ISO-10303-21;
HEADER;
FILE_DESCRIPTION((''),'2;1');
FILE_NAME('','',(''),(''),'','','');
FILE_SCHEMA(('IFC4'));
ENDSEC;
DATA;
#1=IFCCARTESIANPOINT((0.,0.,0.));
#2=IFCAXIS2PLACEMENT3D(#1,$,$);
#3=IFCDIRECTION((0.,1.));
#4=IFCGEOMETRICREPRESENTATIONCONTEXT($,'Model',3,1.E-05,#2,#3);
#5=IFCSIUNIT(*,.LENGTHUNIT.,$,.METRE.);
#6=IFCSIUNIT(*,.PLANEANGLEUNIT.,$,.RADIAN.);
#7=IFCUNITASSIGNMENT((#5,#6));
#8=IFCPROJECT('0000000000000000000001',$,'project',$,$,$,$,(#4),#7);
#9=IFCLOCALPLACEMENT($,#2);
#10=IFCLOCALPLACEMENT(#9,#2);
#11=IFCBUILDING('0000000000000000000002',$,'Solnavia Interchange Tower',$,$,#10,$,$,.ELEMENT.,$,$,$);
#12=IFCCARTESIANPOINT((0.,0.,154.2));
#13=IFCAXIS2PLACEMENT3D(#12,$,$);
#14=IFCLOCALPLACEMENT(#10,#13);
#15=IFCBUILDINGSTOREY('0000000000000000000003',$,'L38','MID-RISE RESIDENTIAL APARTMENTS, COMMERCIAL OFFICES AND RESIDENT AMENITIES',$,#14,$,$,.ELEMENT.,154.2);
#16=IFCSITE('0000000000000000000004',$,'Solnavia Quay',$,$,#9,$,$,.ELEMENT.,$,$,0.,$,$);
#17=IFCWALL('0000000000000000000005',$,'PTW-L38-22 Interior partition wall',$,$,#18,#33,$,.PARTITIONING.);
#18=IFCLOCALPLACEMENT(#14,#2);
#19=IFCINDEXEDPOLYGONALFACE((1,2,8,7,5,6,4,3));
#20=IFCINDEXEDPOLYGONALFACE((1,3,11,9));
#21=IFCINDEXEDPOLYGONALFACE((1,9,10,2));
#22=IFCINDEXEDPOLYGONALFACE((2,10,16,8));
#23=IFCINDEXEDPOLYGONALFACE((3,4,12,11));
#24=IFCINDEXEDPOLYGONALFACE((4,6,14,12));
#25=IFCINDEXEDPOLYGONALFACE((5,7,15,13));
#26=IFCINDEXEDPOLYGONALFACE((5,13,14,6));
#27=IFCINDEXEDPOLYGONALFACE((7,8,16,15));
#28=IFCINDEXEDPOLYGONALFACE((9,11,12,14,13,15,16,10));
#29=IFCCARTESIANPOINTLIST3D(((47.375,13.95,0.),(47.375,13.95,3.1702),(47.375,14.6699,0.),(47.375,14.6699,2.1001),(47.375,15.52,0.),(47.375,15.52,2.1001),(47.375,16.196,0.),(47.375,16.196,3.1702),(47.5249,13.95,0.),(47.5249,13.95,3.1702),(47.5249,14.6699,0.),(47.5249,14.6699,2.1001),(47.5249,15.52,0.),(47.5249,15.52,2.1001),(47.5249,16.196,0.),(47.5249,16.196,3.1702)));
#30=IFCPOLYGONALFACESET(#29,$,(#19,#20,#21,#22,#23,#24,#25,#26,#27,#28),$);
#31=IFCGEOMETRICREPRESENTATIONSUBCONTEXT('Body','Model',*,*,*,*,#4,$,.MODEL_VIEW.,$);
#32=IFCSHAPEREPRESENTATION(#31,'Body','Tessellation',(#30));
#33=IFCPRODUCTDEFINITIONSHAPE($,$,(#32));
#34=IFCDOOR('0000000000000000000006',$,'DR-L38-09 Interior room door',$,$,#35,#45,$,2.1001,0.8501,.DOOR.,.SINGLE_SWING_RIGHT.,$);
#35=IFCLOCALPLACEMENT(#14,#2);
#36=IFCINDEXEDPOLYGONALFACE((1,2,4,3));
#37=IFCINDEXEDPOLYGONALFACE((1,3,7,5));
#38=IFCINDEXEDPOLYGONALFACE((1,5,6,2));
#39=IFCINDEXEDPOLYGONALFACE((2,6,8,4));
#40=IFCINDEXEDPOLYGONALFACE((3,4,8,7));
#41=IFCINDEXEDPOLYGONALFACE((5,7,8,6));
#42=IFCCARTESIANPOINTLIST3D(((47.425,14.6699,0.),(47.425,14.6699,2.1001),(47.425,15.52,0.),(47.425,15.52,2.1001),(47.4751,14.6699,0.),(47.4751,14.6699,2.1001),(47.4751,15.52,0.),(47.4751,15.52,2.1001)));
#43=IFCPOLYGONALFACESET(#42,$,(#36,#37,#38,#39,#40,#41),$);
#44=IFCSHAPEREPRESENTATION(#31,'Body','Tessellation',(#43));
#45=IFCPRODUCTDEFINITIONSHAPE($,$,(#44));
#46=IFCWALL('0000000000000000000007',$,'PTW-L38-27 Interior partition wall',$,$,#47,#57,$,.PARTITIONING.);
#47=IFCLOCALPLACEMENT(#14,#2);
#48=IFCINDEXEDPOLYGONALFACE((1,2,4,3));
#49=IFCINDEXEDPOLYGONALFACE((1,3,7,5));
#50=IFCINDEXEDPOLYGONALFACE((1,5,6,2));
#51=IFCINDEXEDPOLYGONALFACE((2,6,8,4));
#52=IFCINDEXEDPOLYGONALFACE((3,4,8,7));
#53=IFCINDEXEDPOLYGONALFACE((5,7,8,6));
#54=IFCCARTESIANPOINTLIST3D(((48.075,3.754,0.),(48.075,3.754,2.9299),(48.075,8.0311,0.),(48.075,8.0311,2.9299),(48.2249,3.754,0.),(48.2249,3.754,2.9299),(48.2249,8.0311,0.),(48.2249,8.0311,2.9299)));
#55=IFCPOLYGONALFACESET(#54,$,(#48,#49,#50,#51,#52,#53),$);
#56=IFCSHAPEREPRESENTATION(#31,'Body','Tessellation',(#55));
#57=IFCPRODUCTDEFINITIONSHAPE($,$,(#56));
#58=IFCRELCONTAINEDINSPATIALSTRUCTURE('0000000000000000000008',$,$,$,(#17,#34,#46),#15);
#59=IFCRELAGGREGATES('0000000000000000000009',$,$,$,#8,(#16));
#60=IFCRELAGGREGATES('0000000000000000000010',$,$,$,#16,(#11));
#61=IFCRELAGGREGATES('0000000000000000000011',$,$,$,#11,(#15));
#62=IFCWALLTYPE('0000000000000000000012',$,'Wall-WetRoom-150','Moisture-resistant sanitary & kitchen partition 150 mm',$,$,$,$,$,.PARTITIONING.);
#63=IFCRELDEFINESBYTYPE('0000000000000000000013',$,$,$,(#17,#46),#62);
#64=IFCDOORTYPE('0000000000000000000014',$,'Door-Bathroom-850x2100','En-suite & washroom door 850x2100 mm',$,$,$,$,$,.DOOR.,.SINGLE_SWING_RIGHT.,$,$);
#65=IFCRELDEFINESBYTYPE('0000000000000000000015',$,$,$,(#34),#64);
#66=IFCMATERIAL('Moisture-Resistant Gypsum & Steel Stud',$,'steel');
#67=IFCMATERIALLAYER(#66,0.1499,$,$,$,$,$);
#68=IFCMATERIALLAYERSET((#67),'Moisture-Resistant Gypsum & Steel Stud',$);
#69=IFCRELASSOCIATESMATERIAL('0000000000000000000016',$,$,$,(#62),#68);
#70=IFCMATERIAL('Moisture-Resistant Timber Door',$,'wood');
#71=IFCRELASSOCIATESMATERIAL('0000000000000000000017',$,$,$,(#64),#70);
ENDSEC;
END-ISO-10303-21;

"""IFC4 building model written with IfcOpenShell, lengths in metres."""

from ifc_helpers import new_model, si_unit, direction, frame, frame_2d, origin, place, context, subcontext, project, spatial, rectangle, extrude, material, layer, layer_set, type_object, element, fill, save


model = new_model("IFC4")

# Units and contexts
model_context = context("Model", 3, precision=1e-05, world=origin(), true_north=direction((0.0, 1.0)))
body_context = subcontext(model_context, "Body", "Model", "MODEL_VIEW")
ifc_project = project(units=[si_unit("LENGTHUNIT", "METRE"), si_unit("PLANEANGLEUNIT", "RADIAN")], contexts=[model_context])

# Site, building, storey
site_placement = place(None, origin())
site = spatial("IfcSite", under=ifc_project, at=site_placement, Name="Solnavia Quay", CompositionType="ELEMENT", RefElevation=0.0)
building_placement = place(site_placement, origin())
building = spatial("IfcBuilding", under=site, at=building_placement, Name="Solnavia Interchange Tower", CompositionType="ELEMENT")
storey_placement = place(building_placement, frame((0.0, 0.0, 154.2)))
storey = spatial("IfcBuildingStorey", under=building, at=storey_placement, Name="L38", Description="MID-RISE RESIDENTIAL APARTMENTS, COMMERCIAL OFFICES AND RESIDENT AMENITIES", CompositionType="ELEMENT", Elevation=154.2)

# Wall, opening, door
ifc_material_1 = material(Name="Moisture-Resistant Gypsum & Steel Stud", Category="steel")
ifc_layer_1 = layer(ifc_material_1, 0.1499)
ifc_layer_set_1 = layer_set([ifc_layer_1], Name="Moisture-Resistant Gypsum & Steel Stud")
wall_type_1 = type_object("IfcWallType", Name="Wall-WetRoom-150", Description="Moisture-resistant sanitary & kitchen partition 150 mm", PredefinedType="PARTITIONING", material=ifc_layer_set_1)
wall_1_placement = place(storey_placement, frame((47.45, 13.95, 0.0), z_axis=(0.0, 0.0, 1.0), x_axis=(0.0, 1.0, 0.0)))
wall_1 = element("IfcWall", 1, at=wall_1_placement, inside=storey, type_object=wall_type_1, Name="PTW-L38-22 Interior partition wall", PredefinedType="PARTITIONING", context=body_context, shape_type="SweptSolid", body=[
    extrude(rectangle(XDim=2.2461, YDim=0.1499, at=frame_2d((1.123, 0.0))), origin(), (0.0, 0.0, 1.0), 3.1702),
])
opening_1_placement = place(wall_1_placement, frame((0.72, 0.0, 0.0)))
opening_1 = element("IfcOpeningElement", 2, at=opening_1_placement, cuts=wall_1, PredefinedType="OPENING", context=body_context, shape_type="SweptSolid", body=[
    extrude(rectangle(XDim=0.8501, YDim=2.1001, at=frame_2d((0.425, 1.05))), frame((0.0, 0.085, 0.0), z_axis=(0.0, -1.0, 0.0), x_axis=(1.0, 0.0, 0.0)), (0.0, 0.0, 1.0), 0.1699),
])
ifc_material_2 = material(Name="Moisture-Resistant Timber Door", Category="wood")
door_type_1 = type_object("IfcDoorType", Name="Door-Bathroom-850x2100", Description="En-suite & washroom door 850x2100 mm", OperationType="SINGLE_SWING_RIGHT", PredefinedType="DOOR", material=ifc_material_2)
door_1_placement = place(opening_1_placement, origin())
door_1 = element("IfcDoor", 3, at=door_1_placement, inside=storey, type_object=door_type_1, Name="DR-L38-09 Interior room door", OperationType="SINGLE_SWING_RIGHT", OverallHeight=2.1001, OverallWidth=0.8501, PredefinedType="DOOR", context=body_context, shape_type="SweptSolid", body=[
    extrude(rectangle(XDim=0.8501, YDim=2.1001, at=frame_2d((0.425, 1.05))), frame((0.0, 0.0249, 0.0), z_axis=(0.0, -1.0, 0.0), x_axis=(1.0, 0.0, 0.0)), (0.0, 0.0, 1.0), 0.05),
])
fill(opening_1, door_1)

# Wall
wall_2_placement = place(storey_placement, frame((48.1499, 3.7539, 0.0), z_axis=(0.0, 0.0, 1.0), x_axis=(0.0, 1.0, 0.0)))
element("IfcWall", 4, at=wall_2_placement, inside=storey, type_object=wall_type_1, Name="PTW-L38-27 Interior partition wall", PredefinedType="PARTITIONING", context=body_context, shape_type="SweptSolid", body=[
    extrude(rectangle(XDim=4.2771, YDim=0.1499, at=frame_2d((2.1387, 0.0))), origin(), (0.0, 0.0, 1.0), 2.9299),
])

save(model, "model.ifc")
